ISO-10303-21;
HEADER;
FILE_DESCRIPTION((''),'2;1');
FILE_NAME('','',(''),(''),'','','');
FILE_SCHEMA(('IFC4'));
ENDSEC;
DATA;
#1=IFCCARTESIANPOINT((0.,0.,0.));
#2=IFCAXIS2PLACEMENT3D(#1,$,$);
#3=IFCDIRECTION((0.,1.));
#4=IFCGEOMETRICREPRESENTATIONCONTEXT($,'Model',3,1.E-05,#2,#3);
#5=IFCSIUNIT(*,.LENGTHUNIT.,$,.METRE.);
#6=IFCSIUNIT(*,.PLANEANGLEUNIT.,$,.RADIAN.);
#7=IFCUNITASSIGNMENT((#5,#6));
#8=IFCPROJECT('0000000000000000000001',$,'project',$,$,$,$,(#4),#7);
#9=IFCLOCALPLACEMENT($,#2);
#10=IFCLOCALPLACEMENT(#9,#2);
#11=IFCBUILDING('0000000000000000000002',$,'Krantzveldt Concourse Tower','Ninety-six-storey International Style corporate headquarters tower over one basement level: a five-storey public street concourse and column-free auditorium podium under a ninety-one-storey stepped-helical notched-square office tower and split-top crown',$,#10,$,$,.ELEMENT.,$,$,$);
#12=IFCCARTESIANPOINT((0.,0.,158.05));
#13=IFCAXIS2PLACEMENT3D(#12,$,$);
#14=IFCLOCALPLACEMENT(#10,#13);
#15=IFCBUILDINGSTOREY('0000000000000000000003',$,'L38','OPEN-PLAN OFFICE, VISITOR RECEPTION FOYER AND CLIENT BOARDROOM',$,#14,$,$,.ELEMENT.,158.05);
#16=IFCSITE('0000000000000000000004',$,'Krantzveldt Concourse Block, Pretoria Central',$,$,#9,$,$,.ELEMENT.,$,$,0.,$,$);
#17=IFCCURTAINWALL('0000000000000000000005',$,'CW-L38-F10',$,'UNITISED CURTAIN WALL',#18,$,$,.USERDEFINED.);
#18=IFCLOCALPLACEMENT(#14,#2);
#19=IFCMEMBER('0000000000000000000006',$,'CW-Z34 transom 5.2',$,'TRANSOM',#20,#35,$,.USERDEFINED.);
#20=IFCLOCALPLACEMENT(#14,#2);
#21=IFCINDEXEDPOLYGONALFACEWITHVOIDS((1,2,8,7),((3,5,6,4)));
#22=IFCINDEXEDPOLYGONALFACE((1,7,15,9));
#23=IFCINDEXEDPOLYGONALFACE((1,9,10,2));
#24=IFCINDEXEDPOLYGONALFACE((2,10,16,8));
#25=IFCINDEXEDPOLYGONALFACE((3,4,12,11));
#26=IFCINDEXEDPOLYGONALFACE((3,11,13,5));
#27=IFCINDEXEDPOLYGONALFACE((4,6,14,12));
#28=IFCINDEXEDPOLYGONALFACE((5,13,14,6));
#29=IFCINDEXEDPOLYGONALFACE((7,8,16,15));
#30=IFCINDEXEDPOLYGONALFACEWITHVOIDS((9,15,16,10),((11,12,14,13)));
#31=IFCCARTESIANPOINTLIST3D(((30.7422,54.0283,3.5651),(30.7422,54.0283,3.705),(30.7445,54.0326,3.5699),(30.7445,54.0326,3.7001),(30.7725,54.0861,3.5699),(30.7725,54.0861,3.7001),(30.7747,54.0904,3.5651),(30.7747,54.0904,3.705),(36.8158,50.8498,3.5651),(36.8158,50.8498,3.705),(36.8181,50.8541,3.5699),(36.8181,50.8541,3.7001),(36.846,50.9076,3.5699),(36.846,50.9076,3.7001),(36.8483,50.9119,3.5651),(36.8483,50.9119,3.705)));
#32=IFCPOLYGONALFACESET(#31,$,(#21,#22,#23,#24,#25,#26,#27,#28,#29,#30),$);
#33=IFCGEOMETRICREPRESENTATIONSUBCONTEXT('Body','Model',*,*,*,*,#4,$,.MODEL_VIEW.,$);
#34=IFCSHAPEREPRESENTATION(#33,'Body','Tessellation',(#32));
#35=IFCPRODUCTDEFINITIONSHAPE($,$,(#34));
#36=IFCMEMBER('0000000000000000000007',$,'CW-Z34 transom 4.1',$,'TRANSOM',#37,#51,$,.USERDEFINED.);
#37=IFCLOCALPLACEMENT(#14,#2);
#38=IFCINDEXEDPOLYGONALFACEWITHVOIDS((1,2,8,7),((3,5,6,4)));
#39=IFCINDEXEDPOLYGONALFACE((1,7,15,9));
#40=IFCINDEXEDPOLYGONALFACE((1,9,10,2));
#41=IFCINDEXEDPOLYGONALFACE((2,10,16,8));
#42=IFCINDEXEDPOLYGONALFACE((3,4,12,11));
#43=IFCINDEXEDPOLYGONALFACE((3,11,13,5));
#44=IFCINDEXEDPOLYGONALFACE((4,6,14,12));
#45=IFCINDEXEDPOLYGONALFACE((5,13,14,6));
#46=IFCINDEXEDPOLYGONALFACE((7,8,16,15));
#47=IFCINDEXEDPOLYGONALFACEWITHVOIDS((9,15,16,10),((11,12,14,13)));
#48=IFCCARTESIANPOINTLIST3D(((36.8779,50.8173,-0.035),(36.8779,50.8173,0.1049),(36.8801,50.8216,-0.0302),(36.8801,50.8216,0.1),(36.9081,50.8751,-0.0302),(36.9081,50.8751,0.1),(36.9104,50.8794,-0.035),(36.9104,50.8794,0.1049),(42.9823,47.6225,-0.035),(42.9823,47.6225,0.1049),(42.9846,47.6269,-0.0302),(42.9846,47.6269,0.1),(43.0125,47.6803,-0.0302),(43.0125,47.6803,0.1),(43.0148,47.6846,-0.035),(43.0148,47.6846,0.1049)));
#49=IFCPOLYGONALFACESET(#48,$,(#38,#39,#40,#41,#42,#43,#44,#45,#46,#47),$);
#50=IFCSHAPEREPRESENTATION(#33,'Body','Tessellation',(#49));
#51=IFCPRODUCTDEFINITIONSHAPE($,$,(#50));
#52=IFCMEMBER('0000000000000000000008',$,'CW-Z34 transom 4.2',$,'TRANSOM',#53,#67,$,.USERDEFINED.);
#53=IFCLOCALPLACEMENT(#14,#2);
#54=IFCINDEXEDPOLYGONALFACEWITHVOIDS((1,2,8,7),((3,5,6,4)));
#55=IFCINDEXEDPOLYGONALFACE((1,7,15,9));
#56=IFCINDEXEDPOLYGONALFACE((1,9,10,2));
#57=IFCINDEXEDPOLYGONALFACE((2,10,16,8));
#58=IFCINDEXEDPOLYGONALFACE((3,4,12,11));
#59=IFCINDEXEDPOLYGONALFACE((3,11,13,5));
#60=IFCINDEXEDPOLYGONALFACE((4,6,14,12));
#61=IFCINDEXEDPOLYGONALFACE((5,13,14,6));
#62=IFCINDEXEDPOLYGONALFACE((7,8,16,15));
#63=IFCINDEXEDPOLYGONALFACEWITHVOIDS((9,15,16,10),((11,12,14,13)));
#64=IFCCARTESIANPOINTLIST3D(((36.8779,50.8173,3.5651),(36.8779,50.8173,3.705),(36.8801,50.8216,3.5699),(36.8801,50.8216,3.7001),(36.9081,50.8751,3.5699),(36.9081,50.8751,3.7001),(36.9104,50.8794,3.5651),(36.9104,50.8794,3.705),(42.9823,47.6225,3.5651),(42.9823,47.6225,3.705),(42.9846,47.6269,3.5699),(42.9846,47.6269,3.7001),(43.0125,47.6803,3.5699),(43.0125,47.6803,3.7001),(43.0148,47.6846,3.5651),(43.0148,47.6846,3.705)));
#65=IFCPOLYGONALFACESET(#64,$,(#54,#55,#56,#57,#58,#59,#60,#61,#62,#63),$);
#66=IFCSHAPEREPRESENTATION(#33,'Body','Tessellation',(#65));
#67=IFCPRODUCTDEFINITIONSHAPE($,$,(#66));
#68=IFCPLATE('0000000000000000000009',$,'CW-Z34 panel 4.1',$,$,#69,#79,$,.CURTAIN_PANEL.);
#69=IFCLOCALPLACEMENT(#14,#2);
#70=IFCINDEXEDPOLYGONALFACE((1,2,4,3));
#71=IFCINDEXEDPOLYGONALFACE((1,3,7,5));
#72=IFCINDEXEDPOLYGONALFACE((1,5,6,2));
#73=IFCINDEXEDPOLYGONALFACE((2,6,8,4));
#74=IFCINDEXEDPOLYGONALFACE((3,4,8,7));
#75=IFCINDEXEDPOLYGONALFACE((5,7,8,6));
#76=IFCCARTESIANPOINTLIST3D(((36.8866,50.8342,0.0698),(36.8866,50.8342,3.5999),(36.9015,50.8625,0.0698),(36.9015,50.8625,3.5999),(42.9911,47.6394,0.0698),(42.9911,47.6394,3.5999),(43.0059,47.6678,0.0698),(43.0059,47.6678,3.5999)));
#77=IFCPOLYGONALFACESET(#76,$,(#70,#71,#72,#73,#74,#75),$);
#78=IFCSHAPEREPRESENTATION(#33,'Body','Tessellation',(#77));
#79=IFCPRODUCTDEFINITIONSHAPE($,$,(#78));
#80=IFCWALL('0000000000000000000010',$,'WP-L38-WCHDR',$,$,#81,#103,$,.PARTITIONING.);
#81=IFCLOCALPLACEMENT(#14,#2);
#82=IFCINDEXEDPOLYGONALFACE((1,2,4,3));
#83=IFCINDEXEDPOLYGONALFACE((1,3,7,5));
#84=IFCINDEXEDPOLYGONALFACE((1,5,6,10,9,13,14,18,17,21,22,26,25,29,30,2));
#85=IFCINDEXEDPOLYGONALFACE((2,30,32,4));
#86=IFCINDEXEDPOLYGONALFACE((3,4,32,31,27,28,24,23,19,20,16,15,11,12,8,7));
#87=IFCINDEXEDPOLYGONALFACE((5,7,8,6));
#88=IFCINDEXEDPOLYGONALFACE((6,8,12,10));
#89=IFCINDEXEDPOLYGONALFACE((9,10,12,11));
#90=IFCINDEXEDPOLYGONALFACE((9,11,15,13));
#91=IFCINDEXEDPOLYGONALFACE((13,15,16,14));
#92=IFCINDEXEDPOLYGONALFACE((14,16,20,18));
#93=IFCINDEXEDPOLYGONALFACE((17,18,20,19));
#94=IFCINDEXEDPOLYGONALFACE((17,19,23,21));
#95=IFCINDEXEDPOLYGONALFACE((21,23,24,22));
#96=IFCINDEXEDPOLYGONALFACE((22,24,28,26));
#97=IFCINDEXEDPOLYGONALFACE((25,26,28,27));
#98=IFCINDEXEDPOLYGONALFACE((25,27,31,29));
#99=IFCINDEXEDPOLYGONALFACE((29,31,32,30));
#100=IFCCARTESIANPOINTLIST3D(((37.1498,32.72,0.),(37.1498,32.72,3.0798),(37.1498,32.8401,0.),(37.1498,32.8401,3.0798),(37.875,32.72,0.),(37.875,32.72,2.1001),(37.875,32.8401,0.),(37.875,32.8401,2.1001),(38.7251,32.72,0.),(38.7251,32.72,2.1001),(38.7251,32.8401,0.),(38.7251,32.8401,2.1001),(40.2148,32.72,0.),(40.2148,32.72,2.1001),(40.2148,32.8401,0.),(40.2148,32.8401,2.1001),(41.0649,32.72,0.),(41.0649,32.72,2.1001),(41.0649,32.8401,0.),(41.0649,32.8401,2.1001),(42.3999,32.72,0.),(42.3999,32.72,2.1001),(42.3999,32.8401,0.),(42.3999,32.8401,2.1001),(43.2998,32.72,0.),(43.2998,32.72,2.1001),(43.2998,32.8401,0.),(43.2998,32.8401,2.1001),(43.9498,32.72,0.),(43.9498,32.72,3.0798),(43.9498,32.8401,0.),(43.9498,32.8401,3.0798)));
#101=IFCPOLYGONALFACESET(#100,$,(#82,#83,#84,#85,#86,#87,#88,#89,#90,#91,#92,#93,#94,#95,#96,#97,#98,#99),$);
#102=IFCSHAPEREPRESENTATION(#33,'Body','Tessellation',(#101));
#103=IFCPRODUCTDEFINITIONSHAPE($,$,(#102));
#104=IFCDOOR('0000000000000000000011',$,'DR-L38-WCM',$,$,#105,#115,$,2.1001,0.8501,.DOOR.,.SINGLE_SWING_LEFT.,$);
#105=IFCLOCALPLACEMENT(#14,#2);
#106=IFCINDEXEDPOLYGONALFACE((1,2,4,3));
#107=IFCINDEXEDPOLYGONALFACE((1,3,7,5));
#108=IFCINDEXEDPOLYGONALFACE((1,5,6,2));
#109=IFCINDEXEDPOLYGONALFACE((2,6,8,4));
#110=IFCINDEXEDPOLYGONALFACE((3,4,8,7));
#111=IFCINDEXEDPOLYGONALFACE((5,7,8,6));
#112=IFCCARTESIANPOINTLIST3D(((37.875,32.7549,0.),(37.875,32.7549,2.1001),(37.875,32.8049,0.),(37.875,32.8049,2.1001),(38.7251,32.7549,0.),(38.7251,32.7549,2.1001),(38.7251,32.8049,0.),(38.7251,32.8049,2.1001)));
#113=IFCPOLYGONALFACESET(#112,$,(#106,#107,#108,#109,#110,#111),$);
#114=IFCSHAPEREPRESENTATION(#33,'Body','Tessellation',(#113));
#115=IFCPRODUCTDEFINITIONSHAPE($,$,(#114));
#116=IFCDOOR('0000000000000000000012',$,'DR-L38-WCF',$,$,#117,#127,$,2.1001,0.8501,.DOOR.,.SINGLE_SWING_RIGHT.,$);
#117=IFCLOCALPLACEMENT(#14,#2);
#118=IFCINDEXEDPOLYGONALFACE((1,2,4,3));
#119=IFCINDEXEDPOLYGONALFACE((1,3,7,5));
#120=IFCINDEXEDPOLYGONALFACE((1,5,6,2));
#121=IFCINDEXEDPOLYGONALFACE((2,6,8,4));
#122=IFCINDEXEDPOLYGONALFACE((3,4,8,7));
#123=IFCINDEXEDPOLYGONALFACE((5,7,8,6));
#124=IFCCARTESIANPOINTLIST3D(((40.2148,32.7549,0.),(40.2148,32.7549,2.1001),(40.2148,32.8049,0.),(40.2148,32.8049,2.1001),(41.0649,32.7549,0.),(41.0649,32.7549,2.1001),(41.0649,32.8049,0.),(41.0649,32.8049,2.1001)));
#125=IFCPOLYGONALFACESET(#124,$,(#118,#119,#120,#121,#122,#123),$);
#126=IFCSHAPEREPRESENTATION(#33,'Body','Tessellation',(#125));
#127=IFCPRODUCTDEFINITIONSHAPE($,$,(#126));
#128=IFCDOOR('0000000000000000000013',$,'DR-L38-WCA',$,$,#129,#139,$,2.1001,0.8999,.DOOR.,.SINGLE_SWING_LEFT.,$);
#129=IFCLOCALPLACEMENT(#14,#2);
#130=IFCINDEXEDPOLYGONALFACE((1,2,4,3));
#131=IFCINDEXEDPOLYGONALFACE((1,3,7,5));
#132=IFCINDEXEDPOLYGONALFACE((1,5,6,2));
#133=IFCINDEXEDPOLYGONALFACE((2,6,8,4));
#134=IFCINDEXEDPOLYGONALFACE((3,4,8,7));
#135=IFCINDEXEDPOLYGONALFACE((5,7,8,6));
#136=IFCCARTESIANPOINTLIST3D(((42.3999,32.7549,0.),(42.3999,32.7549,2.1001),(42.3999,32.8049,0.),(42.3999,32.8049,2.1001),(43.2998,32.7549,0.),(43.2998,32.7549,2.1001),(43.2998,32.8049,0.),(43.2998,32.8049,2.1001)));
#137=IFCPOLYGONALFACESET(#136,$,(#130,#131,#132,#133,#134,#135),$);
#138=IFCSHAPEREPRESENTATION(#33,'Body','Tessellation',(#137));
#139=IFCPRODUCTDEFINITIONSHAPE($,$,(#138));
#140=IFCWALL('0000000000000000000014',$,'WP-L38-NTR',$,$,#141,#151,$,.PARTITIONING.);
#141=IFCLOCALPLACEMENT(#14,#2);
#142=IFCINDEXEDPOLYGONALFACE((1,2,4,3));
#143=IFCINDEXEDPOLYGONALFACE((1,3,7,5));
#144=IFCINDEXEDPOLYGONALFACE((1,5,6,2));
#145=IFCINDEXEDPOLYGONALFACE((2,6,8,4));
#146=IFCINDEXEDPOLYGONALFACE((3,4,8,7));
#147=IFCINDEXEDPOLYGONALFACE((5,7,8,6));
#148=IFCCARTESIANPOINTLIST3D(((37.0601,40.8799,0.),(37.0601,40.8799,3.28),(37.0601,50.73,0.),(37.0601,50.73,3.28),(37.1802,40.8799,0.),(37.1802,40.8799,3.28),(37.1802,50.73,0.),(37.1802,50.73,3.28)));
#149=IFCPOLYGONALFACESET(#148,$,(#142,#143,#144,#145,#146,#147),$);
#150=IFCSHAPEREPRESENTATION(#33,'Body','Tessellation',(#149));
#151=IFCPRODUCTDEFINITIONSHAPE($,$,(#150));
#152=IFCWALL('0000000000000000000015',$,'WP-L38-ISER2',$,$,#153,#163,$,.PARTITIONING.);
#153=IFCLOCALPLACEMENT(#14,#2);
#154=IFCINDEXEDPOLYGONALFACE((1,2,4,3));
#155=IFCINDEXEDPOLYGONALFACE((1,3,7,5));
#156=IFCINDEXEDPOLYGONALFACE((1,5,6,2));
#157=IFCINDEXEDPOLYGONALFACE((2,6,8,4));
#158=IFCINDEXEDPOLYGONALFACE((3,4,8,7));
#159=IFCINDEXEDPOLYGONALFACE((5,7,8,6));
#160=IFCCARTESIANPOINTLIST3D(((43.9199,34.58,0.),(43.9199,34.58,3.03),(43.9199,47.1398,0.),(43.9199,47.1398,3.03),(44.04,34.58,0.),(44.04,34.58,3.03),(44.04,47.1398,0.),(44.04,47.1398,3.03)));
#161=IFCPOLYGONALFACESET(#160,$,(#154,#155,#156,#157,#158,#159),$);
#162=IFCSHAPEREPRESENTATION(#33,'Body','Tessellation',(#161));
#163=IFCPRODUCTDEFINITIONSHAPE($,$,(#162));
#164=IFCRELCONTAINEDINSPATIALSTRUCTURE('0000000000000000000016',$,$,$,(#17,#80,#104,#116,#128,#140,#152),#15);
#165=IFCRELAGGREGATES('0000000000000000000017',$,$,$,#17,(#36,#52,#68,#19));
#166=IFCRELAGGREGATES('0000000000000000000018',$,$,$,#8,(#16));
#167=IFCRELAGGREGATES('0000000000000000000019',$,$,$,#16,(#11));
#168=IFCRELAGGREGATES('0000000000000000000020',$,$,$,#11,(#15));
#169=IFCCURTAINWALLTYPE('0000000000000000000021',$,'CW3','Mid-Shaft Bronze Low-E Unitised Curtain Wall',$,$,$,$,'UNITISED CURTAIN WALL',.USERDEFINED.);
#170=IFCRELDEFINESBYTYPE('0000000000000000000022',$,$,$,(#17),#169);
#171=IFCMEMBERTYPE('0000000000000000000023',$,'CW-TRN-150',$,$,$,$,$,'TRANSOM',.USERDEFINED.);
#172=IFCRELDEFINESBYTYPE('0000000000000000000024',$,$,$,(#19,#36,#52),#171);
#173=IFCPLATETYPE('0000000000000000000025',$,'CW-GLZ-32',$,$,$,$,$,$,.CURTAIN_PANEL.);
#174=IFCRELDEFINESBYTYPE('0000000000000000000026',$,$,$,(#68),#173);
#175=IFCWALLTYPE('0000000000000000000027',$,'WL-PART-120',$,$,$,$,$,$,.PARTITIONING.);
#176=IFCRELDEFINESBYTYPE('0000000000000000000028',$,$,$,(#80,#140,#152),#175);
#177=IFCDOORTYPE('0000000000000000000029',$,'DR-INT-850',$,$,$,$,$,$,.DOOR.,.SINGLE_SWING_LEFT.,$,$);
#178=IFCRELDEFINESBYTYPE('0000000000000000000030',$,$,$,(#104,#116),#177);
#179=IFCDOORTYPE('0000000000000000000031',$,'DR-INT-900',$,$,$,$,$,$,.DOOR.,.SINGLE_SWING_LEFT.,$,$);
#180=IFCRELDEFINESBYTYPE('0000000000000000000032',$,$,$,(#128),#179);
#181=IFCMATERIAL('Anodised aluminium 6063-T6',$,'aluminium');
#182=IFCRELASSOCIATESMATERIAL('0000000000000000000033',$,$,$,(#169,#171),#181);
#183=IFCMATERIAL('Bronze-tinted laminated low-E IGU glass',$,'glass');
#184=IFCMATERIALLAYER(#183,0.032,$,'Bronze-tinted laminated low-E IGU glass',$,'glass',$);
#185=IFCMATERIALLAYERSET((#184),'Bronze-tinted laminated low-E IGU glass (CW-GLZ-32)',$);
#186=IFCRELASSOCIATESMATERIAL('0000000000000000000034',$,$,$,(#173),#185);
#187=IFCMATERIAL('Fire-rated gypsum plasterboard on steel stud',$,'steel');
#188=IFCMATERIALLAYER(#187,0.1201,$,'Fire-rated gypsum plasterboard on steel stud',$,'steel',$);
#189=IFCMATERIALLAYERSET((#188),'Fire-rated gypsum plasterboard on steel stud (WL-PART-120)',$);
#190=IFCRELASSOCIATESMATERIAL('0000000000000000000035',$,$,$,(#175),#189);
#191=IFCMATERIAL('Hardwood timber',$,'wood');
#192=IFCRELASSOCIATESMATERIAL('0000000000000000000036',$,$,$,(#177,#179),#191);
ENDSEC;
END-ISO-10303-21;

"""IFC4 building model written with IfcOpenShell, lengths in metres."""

from ifc_helpers import new_model, si_unit, direction, frame, frame_2d, origin, origin_2d, place, context, subcontext, project, spatial, rectangle, hollow_rectangle, extrude, source, transform, mapped, material, layer, layer_set, material_profile, profile_set, type_object, type_shapes, element, fill, aggregate, save


model = new_model("IFC4")

# Units and contexts
model_context = context("Model", 3, precision=1e-05, world=origin(), true_north=direction((0.0, 1.0)))
body_context = subcontext(model_context, "Body", "Model", "MODEL_VIEW")
ifc_project = project(units=[si_unit("LENGTHUNIT", "METRE"), si_unit("PLANEANGLEUNIT", "RADIAN")], contexts=[model_context])

# Site, building, storey
site_placement = place(None, origin())
site = spatial("IfcSite", under=ifc_project, at=site_placement, Name="Krantzveldt Concourse Block, Pretoria Central", CompositionType="ELEMENT", RefElevation=0.0)
building_placement = place(site_placement, origin())
building = spatial("IfcBuilding", under=site, at=building_placement, Name="Krantzveldt Concourse Tower", Description="Ninety-six-storey International Style corporate headquarters tower over one basement level: a five-storey public street concourse and column-free auditorium podium under a ninety-one-storey stepped-helical notched-square office tower and split-top crown", CompositionType="ELEMENT")
storey_placement = place(building_placement, frame((0.0, 0.0, 158.05)))
storey = spatial("IfcBuildingStorey", under=building, at=storey_placement, Name="L38", Description="OPEN-PLAN OFFICE, VISITOR RECEPTION FOYER AND CLIENT BOARDROOM", CompositionType="ELEMENT", Elevation=158.05)

# Curtain wall, members, plate
ifc_material_1 = material(Name="Anodised aluminium 6063-T6", Category="aluminium")
curtain_wall_type = type_object("IfcCurtainWallType", Name="CW3", Description="Mid-Shaft Bronze Low-E Unitised Curtain Wall", ElementType="UNITISED CURTAIN WALL", PredefinedType="USERDEFINED", material=ifc_material_1)
curtain_wall_placement = place(storey_placement, origin())
curtain_wall = element("IfcCurtainWall", 1, at=curtain_wall_placement, inside=storey, type_object=curtain_wall_type, Name="CW-L38-F10", ObjectType="UNITISED CURTAIN WALL", PredefinedType="USERDEFINED")
ifc_material_profile_1 = material_profile(ifc_material_1, hollow_rectangle(XDim=0.0701, YDim=0.1399, WallThickness=0.0049, at=origin_2d()), Name="Anodised aluminium 6063-T6", Category="aluminium")
ifc_profile_set_1 = profile_set([ifc_material_profile_1], Name="Anodised aluminium 6063-T6 - ALU-TRAN 140x70x5")
member_type_1 = type_object("IfcMemberType", Name="CW-TRN-150", ElementType="TRANSOM", PredefinedType="USERDEFINED", material=ifc_profile_set_1)
shared_shape_1 = source(origin(), body_context, "Body", "SweptSolid", [
    extrude(hollow_rectangle(XDim=0.0701, YDim=0.1399, WallThickness=0.0049, at=origin_2d()), origin(), (0.0, 0.0, 1.0), 6.855),
])
member_1_placement = place(storey_placement, frame((36.832, 50.8809, 3.635), z_axis=(-0.886004, 0.463677, 0.0), x_axis=(-0.463677, -0.886004, 0.0)))
member_1 = element("IfcMember", 2, at=member_1_placement, type_object=member_type_1, Name="CW-Z34 transom 5.2", ObjectType="TRANSOM", PredefinedType="USERDEFINED", context=body_context, shape_type="MappedRepresentation", body=[
    mapped(shared_shape_1, transform((0.0, 0.0, 0.0), x_axis=(1.0, 0.0, 0.0), y_axis=(0.0, 1.0, 0.0), z_axis=(0.0, 0.0, 1.0), scale=1.0)),
])
shared_shape_2 = source(origin(), body_context, "Body", "SweptSolid", [
    extrude(hollow_rectangle(XDim=0.0701, YDim=0.1399, WallThickness=0.0049, at=origin_2d()), origin(), (0.0, 0.0, 1.0), 6.8899),
])
type_shapes(member_type_1, [shared_shape_1, shared_shape_2])
member_2_placement = place(storey_placement, frame((42.9985, 47.6536, 0.0349), z_axis=(-0.885997, 0.463692, 0.0), x_axis=(-0.463692, -0.885997, 0.0)))
member_2 = element("IfcMember", 3, at=member_2_placement, type_object=member_type_1, Name="CW-Z34 transom 4.1", ObjectType="TRANSOM", PredefinedType="USERDEFINED", context=body_context, shape_type="MappedRepresentation", body=[
    mapped(shared_shape_2, transform((0.0, 0.0, 0.0), x_axis=(1.0, 0.0, 0.0), y_axis=(0.0, 1.0, 0.0), z_axis=(0.0, 0.0, 1.0), scale=1.0)),
])
member_3_placement = place(storey_placement, frame((42.9985, 47.6536, 3.635), z_axis=(-0.885997, 0.463692, 0.0), x_axis=(-0.463692, -0.885997, 0.0)))
member_3 = element("IfcMember", 4, at=member_3_placement, type_object=member_type_1, Name="CW-Z34 transom 4.2", ObjectType="TRANSOM", PredefinedType="USERDEFINED", context=body_context, shape_type="MappedRepresentation", body=[
    mapped(shared_shape_2, transform((0.0, 0.0, 0.0), x_axis=(1.0, 0.0, 0.0), y_axis=(0.0, 1.0, 0.0), z_axis=(0.0, 0.0, 1.0), scale=1.0)),
])
ifc_material_2 = material(Name="Bronze-tinted laminated low-E IGU glass", Category="glass")
ifc_layer_1 = layer(ifc_material_2, 0.032, Name="Bronze-tinted laminated low-E IGU glass", Category="glass")
ifc_layer_set_1 = layer_set([ifc_layer_1], Name="Bronze-tinted laminated low-E IGU glass (CW-GLZ-32)")
plate_type = type_object("IfcPlateType", Name="CW-GLZ-32", PredefinedType="CURTAIN_PANEL", material=ifc_layer_set_1)
shared_shape_3 = source(origin(), body_context, "Body", "SweptSolid", [
    extrude(rectangle(XDim=6.8899, YDim=0.032, at=origin_2d()), origin(), (0.0, 0.0, 1.0), 3.53),
])
type_shapes(plate_type, [shared_shape_3])
plate_placement = place(storey_placement, frame((39.9463, 49.251, 0.0698), z_axis=(0.0, 0.0, 1.0), x_axis=(-0.886001, 0.463683, 0.0)))
plate = element("IfcPlate", 5, at=plate_placement, type_object=plate_type, Name="CW-Z34 panel 4.1", PredefinedType="CURTAIN_PANEL", context=body_context, shape_type="MappedRepresentation", body=[
    mapped(shared_shape_3, transform((0.0, 0.0, 0.0), x_axis=(1.0, 0.0, 0.0), y_axis=(0.0, 1.0, 0.0), z_axis=(0.0, 0.0, 1.0), scale=1.0)),
])
aggregate(curtain_wall, [member_2, member_3, plate, member_1])

# Wall, openings, doors
ifc_material_3 = material(Name="Fire-rated gypsum plasterboard on steel stud", Category="steel")
ifc_layer_2 = layer(ifc_material_3, 0.1201, Name="Fire-rated gypsum plasterboard on steel stud", Category="steel")
ifc_layer_set_2 = layer_set([ifc_layer_2], Name="Fire-rated gypsum plasterboard on steel stud (WL-PART-120)")
wall_type_1 = type_object("IfcWallType", Name="WL-PART-120", PredefinedType="PARTITIONING", material=ifc_layer_set_2)
wall_1_placement = place(storey_placement, frame((37.1499, 32.78, 0.0), z_axis=(0.0, 0.0, 1.0), x_axis=(1.0, 0.0, 0.0)))
wall_1 = element("IfcWall", 6, at=wall_1_placement, inside=storey, type_object=wall_type_1, Name="WP-L38-WCHDR", PredefinedType="PARTITIONING", context=body_context, shape_type="SweptSolid", body=[
    extrude(rectangle(XDim=6.8, YDim=0.1201, at=frame_2d((3.3999, 0.0))), origin(), (0.0, 0.0, 1.0), 3.0798),
])
opening_1_placement = place(wall_1_placement, frame((0.7251, 0.0, 0.0)))
opening_1 = element("IfcOpeningElement", 7, at=opening_1_placement, cuts=wall_1, PredefinedType="OPENING", context=body_context, shape_type="SweptSolid", body=[
    extrude(rectangle(XDim=0.8501, YDim=2.1001, at=frame_2d((0.425, 1.05))), frame((0.0, 0.0701, 0.0), z_axis=(0.0, -1.0, 0.0), x_axis=(1.0, 0.0, 0.0)), (0.0, 0.0, 1.0), 0.1401),
])
opening_2_placement = place(wall_1_placement, frame((3.0649, 0.0, 0.0)))
opening_2 = element("IfcOpeningElement", 8, at=opening_2_placement, cuts=wall_1, PredefinedType="OPENING", context=body_context, shape_type="SweptSolid", body=[
    extrude(rectangle(XDim=0.8501, YDim=2.1001, at=frame_2d((0.425, 1.05))), frame((0.0, 0.0701, 0.0), z_axis=(0.0, -1.0, 0.0), x_axis=(1.0, 0.0, 0.0)), (0.0, 0.0, 1.0), 0.1401),
])
opening_3_placement = place(wall_1_placement, frame((5.25, 0.0, 0.0)))
opening_3 = element("IfcOpeningElement", 9, at=opening_3_placement, cuts=wall_1, PredefinedType="OPENING", context=body_context, shape_type="SweptSolid", body=[
    extrude(rectangle(XDim=0.8999, YDim=2.1001, at=frame_2d((0.45, 1.05))), frame((0.0, 0.0701, 0.0), z_axis=(0.0, -1.0, 0.0), x_axis=(1.0, 0.0, 0.0)), (0.0, 0.0, 1.0), 0.1401),
])
ifc_material_4 = material(Name="Hardwood timber", Category="wood")
door_type_1 = type_object("IfcDoorType", Name="DR-INT-850", OperationType="SINGLE_SWING_LEFT", PredefinedType="DOOR", material=ifc_material_4)
door_1_placement = place(opening_1_placement, origin())
door_1 = element("IfcDoor", 10, at=door_1_placement, inside=storey, type_object=door_type_1, Name="DR-L38-WCM", OperationType="SINGLE_SWING_LEFT", OverallHeight=2.1001, OverallWidth=0.8501, PredefinedType="DOOR", context=body_context, shape_type="SweptSolid", body=[
    extrude(rectangle(XDim=0.8501, YDim=2.1001, at=frame_2d((0.425, 1.05))), frame((0.0, 0.0249, 0.0), z_axis=(0.0, -1.0, 0.0), x_axis=(1.0, 0.0, 0.0)), (0.0, 0.0, 1.0), 0.05),
])
fill(opening_1, door_1)
door_2_placement = place(opening_2_placement, origin())
door_2 = element("IfcDoor", 11, at=door_2_placement, inside=storey, type_object=door_type_1, Name="DR-L38-WCF", OperationType="SINGLE_SWING_RIGHT", OverallHeight=2.1001, OverallWidth=0.8501, PredefinedType="DOOR", context=body_context, shape_type="SweptSolid", body=[
    extrude(rectangle(XDim=0.8501, YDim=2.1001, at=frame_2d((0.425, 1.05))), frame((0.0, 0.0249, 0.0), z_axis=(0.0, -1.0, 0.0), x_axis=(1.0, 0.0, 0.0)), (0.0, 0.0, 1.0), 0.05),
])
fill(opening_2, door_2)
door_type_2 = type_object("IfcDoorType", Name="DR-INT-900", OperationType="SINGLE_SWING_LEFT", PredefinedType="DOOR", material=ifc_material_4)
door_3_placement = place(opening_3_placement, origin())
door_3 = element("IfcDoor", 12, at=door_3_placement, inside=storey, type_object=door_type_2, Name="DR-L38-WCA", OperationType="SINGLE_SWING_LEFT", OverallHeight=2.1001, OverallWidth=0.8999, PredefinedType="DOOR", context=body_context, shape_type="SweptSolid", body=[
    extrude(rectangle(XDim=0.8999, YDim=2.1001, at=frame_2d((0.45, 1.05))), frame((0.0, 0.0249, 0.0), z_axis=(0.0, -1.0, 0.0), x_axis=(1.0, 0.0, 0.0)), (0.0, 0.0, 1.0), 0.05),
])
fill(opening_3, door_3)

# Walls
wall_2_placement = place(storey_placement, frame((37.1201, 40.8799, 0.0), z_axis=(0.0, 0.0, 1.0), x_axis=(0.0, 1.0, 0.0)))
element("IfcWall", 13, at=wall_2_placement, inside=storey, type_object=wall_type_1, Name="WP-L38-NTR", PredefinedType="PARTITIONING", context=body_context, shape_type="SweptSolid", body=[
    extrude(rectangle(XDim=9.8501, YDim=0.1201, at=frame_2d((4.925, 0.0))), origin(), (0.0, 0.0, 1.0), 3.28),
])
wall_3_placement = place(storey_placement, frame((43.98, 34.5801, 0.0), z_axis=(0.0, 0.0, 1.0), x_axis=(0.0, 1.0, 0.0)))
element("IfcWall", 14, at=wall_3_placement, inside=storey, type_object=wall_type_1, Name="WP-L38-ISER2", PredefinedType="PARTITIONING", context=body_context, shape_type="SweptSolid", body=[
    extrude(rectangle(XDim=12.5598, YDim=0.1201, at=frame_2d((6.2798, 0.0))), origin(), (0.0, 0.0, 1.0), 3.03),
])

save(model, "model.ifc")
